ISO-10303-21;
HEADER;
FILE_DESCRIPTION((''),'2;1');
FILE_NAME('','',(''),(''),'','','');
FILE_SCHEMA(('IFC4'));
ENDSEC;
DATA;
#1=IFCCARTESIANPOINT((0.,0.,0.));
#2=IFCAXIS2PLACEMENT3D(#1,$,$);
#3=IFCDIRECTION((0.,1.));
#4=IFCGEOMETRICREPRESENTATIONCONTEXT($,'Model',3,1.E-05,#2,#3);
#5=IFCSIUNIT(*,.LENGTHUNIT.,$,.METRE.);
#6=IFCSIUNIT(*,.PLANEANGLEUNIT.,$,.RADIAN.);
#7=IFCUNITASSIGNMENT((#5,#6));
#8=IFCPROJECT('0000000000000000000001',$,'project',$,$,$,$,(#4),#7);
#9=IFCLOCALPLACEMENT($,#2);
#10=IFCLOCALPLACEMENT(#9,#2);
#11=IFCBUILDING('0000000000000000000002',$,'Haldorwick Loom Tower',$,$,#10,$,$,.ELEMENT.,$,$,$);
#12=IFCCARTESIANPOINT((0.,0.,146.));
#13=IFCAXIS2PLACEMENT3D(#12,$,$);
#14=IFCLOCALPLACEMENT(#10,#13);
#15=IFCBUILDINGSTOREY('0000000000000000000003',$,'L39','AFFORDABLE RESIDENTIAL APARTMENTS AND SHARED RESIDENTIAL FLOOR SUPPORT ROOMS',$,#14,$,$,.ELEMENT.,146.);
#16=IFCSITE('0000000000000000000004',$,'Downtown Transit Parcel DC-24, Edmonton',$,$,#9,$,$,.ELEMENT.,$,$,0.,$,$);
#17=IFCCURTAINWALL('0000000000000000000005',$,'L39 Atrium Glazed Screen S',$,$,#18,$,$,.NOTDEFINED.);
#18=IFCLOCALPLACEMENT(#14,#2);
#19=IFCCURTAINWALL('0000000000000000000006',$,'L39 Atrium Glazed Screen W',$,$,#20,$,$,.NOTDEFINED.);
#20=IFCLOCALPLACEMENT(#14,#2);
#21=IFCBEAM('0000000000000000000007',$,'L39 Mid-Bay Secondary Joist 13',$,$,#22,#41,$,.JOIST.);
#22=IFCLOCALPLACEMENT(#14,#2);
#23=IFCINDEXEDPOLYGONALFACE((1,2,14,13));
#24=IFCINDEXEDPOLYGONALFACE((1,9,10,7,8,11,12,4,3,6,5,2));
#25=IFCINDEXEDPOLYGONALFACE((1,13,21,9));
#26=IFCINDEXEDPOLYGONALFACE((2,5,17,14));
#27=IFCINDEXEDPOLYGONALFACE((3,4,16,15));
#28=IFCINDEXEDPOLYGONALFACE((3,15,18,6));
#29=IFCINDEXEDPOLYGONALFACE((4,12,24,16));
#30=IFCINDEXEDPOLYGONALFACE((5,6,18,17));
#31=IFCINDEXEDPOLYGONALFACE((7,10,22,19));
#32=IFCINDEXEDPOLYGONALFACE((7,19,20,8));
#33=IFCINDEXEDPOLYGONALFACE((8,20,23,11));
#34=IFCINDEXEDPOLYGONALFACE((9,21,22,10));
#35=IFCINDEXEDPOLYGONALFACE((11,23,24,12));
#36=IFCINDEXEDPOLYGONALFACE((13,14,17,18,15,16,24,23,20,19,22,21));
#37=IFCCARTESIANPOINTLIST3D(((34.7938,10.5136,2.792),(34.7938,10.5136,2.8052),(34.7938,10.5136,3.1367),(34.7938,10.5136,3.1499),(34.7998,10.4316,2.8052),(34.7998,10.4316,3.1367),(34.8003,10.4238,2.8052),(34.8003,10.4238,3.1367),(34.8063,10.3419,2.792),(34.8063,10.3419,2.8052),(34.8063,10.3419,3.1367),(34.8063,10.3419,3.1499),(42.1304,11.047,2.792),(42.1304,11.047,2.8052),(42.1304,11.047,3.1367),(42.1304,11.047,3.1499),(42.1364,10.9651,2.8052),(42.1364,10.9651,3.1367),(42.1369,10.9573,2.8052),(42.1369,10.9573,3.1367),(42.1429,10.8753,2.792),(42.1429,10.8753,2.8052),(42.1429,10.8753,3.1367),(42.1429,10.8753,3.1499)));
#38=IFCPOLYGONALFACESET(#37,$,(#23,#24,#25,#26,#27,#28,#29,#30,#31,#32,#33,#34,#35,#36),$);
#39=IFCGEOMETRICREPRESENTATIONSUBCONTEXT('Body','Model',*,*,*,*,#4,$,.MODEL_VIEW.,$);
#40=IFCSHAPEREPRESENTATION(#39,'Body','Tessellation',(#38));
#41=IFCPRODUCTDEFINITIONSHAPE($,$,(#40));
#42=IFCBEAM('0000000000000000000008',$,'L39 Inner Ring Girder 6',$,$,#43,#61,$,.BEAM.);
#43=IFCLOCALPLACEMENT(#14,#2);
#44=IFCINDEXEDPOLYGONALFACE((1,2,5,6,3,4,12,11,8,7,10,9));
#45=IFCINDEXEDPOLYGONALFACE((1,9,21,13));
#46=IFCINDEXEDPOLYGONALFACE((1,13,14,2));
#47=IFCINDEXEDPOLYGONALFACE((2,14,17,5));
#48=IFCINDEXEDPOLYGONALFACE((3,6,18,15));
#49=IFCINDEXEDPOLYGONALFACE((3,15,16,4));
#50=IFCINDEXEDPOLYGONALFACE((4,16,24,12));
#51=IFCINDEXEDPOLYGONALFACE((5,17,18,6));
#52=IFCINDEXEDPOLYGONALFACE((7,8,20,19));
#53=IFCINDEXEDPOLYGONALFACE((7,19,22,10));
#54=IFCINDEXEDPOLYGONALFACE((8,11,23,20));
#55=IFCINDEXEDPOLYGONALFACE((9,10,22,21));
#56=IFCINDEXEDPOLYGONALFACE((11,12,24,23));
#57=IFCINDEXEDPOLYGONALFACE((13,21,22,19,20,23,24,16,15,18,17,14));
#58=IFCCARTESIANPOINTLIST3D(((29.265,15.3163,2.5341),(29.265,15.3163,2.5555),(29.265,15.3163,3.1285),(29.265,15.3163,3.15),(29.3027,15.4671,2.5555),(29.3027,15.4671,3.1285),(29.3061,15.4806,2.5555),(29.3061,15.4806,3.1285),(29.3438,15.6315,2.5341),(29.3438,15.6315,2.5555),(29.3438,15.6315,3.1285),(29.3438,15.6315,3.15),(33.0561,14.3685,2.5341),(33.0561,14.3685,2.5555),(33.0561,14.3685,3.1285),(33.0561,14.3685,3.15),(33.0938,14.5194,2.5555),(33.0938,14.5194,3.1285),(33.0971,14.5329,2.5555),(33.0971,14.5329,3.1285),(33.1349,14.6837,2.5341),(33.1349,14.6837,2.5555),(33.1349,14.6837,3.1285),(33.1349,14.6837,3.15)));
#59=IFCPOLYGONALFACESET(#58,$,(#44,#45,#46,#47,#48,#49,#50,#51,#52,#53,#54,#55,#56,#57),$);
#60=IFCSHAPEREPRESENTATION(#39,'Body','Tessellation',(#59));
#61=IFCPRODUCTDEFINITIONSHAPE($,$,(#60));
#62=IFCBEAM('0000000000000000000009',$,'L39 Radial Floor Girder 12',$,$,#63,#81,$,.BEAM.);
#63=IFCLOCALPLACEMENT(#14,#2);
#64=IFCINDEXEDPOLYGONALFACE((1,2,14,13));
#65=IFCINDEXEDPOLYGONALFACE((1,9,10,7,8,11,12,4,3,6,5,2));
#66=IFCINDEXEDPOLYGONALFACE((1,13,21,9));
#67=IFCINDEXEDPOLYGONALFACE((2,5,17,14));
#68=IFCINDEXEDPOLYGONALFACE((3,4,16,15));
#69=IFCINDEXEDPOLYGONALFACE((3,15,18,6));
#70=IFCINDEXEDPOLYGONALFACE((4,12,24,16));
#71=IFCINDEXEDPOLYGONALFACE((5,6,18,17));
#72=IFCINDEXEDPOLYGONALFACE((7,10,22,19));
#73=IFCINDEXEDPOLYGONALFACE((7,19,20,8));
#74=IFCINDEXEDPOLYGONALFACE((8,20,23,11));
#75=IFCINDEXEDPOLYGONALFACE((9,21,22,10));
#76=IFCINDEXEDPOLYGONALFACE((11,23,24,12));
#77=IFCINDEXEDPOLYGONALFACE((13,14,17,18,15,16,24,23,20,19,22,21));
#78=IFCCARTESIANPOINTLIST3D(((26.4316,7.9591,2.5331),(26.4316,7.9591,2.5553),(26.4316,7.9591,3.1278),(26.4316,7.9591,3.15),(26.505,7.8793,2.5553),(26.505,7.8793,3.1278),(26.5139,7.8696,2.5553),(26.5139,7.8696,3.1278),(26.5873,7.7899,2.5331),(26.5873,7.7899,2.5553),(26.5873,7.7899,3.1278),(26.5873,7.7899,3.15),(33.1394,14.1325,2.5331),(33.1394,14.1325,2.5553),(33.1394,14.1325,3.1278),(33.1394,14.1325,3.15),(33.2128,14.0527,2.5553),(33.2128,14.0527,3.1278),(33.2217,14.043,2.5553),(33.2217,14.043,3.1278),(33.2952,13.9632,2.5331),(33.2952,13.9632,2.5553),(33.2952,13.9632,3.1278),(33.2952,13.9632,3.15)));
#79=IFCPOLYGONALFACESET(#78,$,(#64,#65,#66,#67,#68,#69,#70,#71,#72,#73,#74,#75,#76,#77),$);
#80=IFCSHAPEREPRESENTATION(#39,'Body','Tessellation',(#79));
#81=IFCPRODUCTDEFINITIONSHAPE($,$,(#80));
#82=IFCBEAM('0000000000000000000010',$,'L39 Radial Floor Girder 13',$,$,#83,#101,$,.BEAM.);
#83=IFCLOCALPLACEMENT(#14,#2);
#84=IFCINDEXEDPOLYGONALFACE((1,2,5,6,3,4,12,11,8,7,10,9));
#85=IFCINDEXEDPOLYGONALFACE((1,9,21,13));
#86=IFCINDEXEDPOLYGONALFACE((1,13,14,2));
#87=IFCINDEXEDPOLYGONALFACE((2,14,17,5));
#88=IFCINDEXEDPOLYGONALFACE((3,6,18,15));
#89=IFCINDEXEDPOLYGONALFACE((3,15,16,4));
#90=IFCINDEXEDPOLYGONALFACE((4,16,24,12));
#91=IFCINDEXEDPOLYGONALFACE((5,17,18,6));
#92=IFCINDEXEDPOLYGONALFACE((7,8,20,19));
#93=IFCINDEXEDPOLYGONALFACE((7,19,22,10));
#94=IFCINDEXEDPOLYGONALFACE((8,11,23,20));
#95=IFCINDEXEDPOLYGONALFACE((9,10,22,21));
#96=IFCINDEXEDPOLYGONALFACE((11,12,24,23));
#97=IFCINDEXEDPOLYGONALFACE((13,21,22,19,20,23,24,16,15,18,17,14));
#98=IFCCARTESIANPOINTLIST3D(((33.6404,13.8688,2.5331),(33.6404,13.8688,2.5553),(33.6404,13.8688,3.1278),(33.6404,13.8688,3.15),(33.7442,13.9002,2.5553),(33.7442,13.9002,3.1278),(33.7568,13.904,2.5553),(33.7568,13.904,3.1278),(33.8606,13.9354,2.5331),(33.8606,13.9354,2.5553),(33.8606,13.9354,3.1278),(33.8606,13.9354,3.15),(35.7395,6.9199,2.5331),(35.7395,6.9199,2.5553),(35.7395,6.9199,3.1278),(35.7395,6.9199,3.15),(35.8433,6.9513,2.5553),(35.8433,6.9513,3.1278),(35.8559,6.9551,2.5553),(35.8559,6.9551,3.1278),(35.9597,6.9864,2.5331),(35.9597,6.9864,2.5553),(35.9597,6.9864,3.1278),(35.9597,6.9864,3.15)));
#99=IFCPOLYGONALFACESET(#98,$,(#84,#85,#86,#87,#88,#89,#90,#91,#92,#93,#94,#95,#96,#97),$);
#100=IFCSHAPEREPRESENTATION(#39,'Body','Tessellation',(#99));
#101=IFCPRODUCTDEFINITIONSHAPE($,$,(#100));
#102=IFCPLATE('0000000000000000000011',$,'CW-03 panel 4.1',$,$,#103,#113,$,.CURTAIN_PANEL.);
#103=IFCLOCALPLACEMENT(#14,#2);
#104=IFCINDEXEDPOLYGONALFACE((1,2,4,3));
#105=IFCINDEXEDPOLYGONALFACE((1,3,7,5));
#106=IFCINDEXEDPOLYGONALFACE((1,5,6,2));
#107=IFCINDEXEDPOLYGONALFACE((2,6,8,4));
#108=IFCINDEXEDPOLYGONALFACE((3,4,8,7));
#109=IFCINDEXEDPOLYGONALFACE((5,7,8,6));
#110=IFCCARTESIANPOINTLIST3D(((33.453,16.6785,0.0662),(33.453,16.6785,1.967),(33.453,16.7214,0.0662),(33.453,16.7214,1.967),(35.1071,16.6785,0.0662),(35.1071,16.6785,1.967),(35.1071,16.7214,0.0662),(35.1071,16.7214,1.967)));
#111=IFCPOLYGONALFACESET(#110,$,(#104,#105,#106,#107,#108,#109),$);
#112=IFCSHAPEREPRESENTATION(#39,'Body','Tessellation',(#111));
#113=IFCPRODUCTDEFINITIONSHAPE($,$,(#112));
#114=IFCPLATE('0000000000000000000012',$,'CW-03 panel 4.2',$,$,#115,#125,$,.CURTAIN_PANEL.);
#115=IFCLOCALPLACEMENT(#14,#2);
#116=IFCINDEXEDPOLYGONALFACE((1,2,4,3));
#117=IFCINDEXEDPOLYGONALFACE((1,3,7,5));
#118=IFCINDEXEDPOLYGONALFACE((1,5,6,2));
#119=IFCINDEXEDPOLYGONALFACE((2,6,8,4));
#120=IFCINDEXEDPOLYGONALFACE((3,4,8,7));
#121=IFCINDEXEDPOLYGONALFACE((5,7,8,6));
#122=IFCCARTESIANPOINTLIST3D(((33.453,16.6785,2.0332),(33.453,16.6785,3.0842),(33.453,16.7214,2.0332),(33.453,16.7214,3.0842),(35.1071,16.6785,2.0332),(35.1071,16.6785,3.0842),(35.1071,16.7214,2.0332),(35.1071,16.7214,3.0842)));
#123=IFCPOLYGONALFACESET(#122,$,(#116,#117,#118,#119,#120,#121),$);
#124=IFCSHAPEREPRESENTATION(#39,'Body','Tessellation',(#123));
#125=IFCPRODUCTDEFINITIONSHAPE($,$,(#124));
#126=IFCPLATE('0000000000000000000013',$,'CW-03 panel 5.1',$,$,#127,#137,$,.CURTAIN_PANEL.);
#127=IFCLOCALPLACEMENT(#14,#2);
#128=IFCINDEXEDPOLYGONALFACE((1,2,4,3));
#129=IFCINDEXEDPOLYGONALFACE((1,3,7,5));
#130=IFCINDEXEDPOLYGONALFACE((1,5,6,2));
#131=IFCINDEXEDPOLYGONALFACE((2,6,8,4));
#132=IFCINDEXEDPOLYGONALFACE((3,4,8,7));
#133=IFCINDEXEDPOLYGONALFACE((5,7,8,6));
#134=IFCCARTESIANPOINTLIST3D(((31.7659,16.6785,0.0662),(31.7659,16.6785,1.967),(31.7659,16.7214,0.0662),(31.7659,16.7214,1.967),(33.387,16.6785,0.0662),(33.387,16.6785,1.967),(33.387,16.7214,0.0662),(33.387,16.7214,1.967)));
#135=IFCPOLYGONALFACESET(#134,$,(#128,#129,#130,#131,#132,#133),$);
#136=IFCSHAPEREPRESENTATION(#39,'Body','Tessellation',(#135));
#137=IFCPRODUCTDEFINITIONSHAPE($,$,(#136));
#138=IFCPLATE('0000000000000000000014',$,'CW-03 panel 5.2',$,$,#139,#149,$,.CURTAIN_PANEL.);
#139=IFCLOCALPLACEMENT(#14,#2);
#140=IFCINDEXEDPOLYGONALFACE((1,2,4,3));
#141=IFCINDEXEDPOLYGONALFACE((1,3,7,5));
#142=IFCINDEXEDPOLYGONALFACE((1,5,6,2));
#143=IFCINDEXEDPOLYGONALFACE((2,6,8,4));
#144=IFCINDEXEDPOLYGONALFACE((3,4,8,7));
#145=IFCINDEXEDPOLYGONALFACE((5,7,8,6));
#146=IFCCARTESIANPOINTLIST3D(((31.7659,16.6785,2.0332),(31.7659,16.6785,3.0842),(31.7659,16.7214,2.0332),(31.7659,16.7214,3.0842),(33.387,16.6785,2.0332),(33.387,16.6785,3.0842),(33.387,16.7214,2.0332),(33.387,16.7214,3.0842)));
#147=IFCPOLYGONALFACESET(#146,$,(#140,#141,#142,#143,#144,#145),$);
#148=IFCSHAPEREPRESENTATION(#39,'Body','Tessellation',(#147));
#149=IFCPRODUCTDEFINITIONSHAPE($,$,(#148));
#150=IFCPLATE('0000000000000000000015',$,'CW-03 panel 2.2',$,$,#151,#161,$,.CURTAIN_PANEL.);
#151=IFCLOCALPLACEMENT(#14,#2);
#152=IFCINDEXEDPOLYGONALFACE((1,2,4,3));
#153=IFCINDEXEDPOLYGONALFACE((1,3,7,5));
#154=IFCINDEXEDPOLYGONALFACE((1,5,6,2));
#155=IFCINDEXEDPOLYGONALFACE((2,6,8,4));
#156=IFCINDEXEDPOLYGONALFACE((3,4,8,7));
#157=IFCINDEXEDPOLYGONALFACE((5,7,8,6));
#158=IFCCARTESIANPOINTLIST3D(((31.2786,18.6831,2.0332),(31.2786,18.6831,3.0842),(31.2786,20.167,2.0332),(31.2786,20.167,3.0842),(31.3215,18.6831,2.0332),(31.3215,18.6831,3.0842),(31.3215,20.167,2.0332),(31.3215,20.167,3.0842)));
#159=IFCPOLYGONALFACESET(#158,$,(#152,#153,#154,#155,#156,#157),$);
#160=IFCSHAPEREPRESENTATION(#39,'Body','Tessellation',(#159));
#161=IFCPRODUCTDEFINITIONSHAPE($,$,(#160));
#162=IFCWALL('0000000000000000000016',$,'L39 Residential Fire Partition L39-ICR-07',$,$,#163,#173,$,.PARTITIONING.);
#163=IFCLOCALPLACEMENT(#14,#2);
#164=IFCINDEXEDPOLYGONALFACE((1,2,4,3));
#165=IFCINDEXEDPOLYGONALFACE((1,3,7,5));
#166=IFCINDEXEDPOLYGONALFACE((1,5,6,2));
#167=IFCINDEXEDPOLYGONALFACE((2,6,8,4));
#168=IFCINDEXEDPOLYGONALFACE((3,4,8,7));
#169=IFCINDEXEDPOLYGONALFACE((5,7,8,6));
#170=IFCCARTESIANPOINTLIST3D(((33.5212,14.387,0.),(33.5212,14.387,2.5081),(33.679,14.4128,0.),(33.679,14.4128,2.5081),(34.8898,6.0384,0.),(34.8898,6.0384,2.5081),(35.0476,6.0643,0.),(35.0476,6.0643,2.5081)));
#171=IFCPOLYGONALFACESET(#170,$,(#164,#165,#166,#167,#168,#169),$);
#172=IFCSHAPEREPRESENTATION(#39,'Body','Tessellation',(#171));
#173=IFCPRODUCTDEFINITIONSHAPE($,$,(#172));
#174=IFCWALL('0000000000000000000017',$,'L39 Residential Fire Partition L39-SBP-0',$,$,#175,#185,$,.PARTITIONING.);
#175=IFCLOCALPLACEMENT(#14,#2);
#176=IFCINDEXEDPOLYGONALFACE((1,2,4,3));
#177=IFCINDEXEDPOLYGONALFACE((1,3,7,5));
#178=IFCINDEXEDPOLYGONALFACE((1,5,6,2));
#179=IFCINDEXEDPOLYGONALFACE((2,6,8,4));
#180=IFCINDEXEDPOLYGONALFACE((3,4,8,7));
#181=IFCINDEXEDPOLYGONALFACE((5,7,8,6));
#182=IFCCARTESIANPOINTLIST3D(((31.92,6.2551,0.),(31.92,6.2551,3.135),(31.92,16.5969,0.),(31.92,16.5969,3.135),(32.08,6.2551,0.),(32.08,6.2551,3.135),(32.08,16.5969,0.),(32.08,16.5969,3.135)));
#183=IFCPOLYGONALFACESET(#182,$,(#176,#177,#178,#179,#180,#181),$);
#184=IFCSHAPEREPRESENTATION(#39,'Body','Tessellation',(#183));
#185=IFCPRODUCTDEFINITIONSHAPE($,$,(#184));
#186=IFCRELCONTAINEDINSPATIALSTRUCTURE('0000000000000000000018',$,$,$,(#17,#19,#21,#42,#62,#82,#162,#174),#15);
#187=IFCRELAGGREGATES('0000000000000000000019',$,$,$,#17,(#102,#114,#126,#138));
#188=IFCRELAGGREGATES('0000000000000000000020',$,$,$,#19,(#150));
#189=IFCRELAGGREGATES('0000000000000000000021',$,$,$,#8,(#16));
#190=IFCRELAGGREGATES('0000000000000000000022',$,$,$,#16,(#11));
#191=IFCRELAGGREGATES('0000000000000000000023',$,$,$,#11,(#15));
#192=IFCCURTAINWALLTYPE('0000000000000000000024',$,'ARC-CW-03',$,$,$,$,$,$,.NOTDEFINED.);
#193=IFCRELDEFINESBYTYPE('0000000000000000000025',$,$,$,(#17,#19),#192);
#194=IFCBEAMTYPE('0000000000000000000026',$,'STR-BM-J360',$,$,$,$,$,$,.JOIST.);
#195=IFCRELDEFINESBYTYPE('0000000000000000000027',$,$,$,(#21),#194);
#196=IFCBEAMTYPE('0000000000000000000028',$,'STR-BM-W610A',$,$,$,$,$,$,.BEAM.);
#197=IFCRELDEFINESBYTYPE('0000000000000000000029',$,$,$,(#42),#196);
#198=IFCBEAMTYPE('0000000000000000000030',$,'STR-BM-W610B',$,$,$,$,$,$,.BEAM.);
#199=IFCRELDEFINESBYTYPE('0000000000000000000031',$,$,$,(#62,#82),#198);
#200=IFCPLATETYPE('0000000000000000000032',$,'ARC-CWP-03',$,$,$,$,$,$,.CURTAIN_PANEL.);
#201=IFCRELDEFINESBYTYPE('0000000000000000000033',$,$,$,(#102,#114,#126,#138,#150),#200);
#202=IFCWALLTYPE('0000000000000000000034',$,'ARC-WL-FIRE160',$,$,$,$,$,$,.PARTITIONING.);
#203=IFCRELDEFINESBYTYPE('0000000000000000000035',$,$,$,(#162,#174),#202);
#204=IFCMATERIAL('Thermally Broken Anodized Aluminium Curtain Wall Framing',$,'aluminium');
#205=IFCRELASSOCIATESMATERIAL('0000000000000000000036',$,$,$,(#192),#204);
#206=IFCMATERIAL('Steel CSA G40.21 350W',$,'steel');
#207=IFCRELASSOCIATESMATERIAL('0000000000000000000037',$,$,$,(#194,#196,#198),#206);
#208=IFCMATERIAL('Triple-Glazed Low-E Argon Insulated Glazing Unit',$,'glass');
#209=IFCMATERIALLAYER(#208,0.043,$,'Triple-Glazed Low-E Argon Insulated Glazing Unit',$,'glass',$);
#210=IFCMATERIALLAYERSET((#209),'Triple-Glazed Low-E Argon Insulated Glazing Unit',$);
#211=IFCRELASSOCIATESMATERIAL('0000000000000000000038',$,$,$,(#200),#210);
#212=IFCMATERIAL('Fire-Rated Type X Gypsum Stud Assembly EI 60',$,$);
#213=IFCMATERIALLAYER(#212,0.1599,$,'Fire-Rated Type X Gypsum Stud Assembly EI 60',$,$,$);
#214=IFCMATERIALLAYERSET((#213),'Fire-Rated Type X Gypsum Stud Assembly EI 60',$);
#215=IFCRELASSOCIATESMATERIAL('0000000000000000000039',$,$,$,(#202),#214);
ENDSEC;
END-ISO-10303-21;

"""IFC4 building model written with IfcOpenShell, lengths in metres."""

from ifc_helpers import new_model, si_unit, direction, frame, frame_2d, origin, origin_2d, place, context, subcontext, project, spatial, rectangle, i_section, extrude, material, layer, layer_set, material_profile, profile_set, type_object, element, aggregate, save


model = new_model("IFC4")

# Units and contexts
model_context = context("Model", 3, precision=1e-05, world=origin(), true_north=direction((0.0, 1.0)))
body_context = subcontext(model_context, "Body", "Model", "MODEL_VIEW")
ifc_project = project(units=[si_unit("LENGTHUNIT", "METRE"), si_unit("PLANEANGLEUNIT", "RADIAN")], contexts=[model_context])

# Site, building, storey
site_placement = place(None, origin())
site = spatial("IfcSite", under=ifc_project, at=site_placement, Name="Downtown Transit Parcel DC-24, Edmonton", CompositionType="ELEMENT", RefElevation=0.0)
building_placement = place(site_placement, origin())
building = spatial("IfcBuilding", under=site, at=building_placement, Name="Haldorwick Loom Tower", CompositionType="ELEMENT")
storey_placement = place(building_placement, frame((0.0, 0.0, 146.0)))
storey = spatial("IfcBuildingStorey", under=building, at=storey_placement, Name="L39", Description="AFFORDABLE RESIDENTIAL APARTMENTS AND SHARED RESIDENTIAL FLOOR SUPPORT ROOMS", CompositionType="ELEMENT", Elevation=146.0)

# Curtain wall
ifc_material_1 = material(Name="Thermally Broken Anodized Aluminium Curtain Wall Framing", Category="aluminium")
curtain_wall_type = type_object("IfcCurtainWallType", Name="ARC-CW-03", PredefinedType="NOTDEFINED", material=ifc_material_1)
curtain_wall_1_placement = place(storey_placement, origin())
curtain_wall_1 = element("IfcCurtainWall", 1, at=curtain_wall_1_placement, inside=storey, type_object=curtain_wall_type, Name="L39 Atrium Glazed Screen S", PredefinedType="NOTDEFINED")

# Curtain wall
curtain_wall_2_placement = place(storey_placement, origin())
curtain_wall_2 = element("IfcCurtainWall", 2, at=curtain_wall_2_placement, inside=storey, type_object=curtain_wall_type, Name="L39 Atrium Glazed Screen W", PredefinedType="NOTDEFINED")

# Beams
ifc_material_2 = material(Name="Steel CSA G40.21 350W", Category="steel")
ifc_material_profile_1 = material_profile(ifc_material_2, i_section(OverallWidth=0.1721, OverallDepth=0.3579, WebThickness=0.0078, FlangeThickness=0.0132, at=origin_2d()), Name="W360X57", Category="steel")
ifc_profile_set_1 = profile_set([ifc_material_profile_1], Name="Steel CSA G40.21 350W")
beam_type_1 = type_object("IfcBeamType", Name="STR-BM-J360", PredefinedType="JOIST", material=ifc_profile_set_1)
beam_1_placement = place(storey_placement, frame((34.8, 10.4277, 2.9709), z_axis=(0.997367, 0.072518, 0.0), x_axis=(-0.072518, 0.997367, 0.0)))
element("IfcBeam", 3, at=beam_1_placement, inside=storey, type_object=beam_type_1, Name="L39 Mid-Bay Secondary Joist 13", PredefinedType="JOIST", context=body_context, shape_type="SweptSolid", body=[
    extrude(i_section(OverallWidth=0.1721, OverallDepth=0.3579, WebThickness=0.0078, FlangeThickness=0.0132, at=origin_2d()), origin(), (0.0, 0.0, 1.0), 7.356),
])
ifc_material_profile_2 = material_profile(ifc_material_2, i_section(OverallWidth=0.325, OverallDepth=0.616, WebThickness=0.0139, FlangeThickness=0.0215, at=origin_2d()), Name="W610X174", Category="steel")
ifc_profile_set_2 = profile_set([ifc_material_profile_2], Name="Steel CSA G40.21 350W")
beam_type_2 = type_object("IfcBeamType", Name="STR-BM-W610A", PredefinedType="BEAM", material=ifc_profile_set_2)
beam_2_placement = place(storey_placement, frame((33.0955, 14.5261, 2.842), z_axis=(-0.970143, 0.242536, 0.0), x_axis=(-0.242536, -0.970143, 0.0)))
element("IfcBeam", 4, at=beam_2_placement, inside=storey, type_object=beam_type_2, Name="L39 Inner Ring Girder 6", PredefinedType="BEAM", context=body_context, shape_type="SweptSolid", body=[
    extrude(i_section(OverallWidth=0.325, OverallDepth=0.616, WebThickness=0.0139, FlangeThickness=0.0215, at=origin_2d()), origin(), (0.0, 0.0, 1.0), 3.9077),
])
ifc_material_profile_3 = material_profile(ifc_material_2, i_section(OverallWidth=0.23, OverallDepth=0.6169, WebThickness=0.0132, FlangeThickness=0.0222, at=origin_2d()), Name="W610X140", Category="steel")
ifc_profile_set_3 = profile_set([ifc_material_profile_3], Name="Steel CSA G40.21 350W")
beam_type_3 = type_object("IfcBeamType", Name="STR-BM-W610B", PredefinedType="BEAM", material=ifc_profile_set_3)
beam_3_placement = place(storey_placement, frame((33.2173, 14.0479, 2.8416), z_axis=(-0.735811, -0.677187, 0.0), x_axis=(0.677187, -0.735811, 0.0)))
element("IfcBeam", 5, at=beam_3_placement, inside=storey, type_object=beam_type_3, Name="L39 Radial Floor Girder 12", PredefinedType="BEAM", context=body_context, shape_type="SweptSolid", body=[
    extrude(i_section(OverallWidth=0.23, OverallDepth=0.6169, WebThickness=0.0132, FlangeThickness=0.0222, at=origin_2d()), origin(), (0.0, 0.0, 1.0), 9.1162),
])
beam_4_placement = place(storey_placement, frame((33.7505, 13.9021, 2.8416), z_axis=(0.289171, -0.957277, 0.0), x_axis=(0.957277, 0.289171, 0.0)))
element("IfcBeam", 6, at=beam_4_placement, inside=storey, type_object=beam_type_3, Name="L39 Radial Floor Girder 13", PredefinedType="BEAM", context=body_context, shape_type="SweptSolid", body=[
    extrude(i_section(OverallWidth=0.23, OverallDepth=0.6169, WebThickness=0.0132, FlangeThickness=0.0222, at=origin_2d()), origin(), (0.0, 0.0, 1.0), 7.259),
])

# Plates
ifc_material_3 = material(Name="Triple-Glazed Low-E Argon Insulated Glazing Unit", Category="glass")
ifc_layer_1 = layer(ifc_material_3, 0.043, Name="Triple-Glazed Low-E Argon Insulated Glazing Unit", Category="glass")
ifc_layer_set_1 = layer_set([ifc_layer_1], Name="Triple-Glazed Low-E Argon Insulated Glazing Unit")
plate_type = type_object("IfcPlateType", Name="ARC-CWP-03", PredefinedType="CURTAIN_PANEL", material=ifc_layer_set_1)
plate_1_placement = place(storey_placement, frame((34.28, 16.7, 0.0662), z_axis=(0.0, 0.0, 1.0), x_axis=(-1.0, 0.0, 0.0)))
plate_1 = element("IfcPlate", 7, at=plate_1_placement, type_object=plate_type, Name="CW-03 panel 4.1", PredefinedType="CURTAIN_PANEL", context=body_context, shape_type="SweptSolid", body=[
    extrude(rectangle(XDim=1.6541, YDim=0.043, at=origin_2d()), origin(), (0.0, 0.0, 1.0), 1.9009),
])
plate_2_placement = place(storey_placement, frame((34.28, 16.7, 2.0332), z_axis=(0.0, 0.0, 1.0), x_axis=(-1.0, 0.0, 0.0)))
plate_2 = element("IfcPlate", 8, at=plate_2_placement, type_object=plate_type, Name="CW-03 panel 4.2", PredefinedType="CURTAIN_PANEL", context=body_context, shape_type="SweptSolid", body=[
    extrude(rectangle(XDim=1.6541, YDim=0.043, at=origin_2d()), origin(), (0.0, 0.0, 1.0), 1.051),
])
plate_3_placement = place(storey_placement, frame((32.5764, 16.7, 0.0662), z_axis=(0.0, 0.0, 1.0), x_axis=(-1.0, 0.0, 0.0)))
plate_3 = element("IfcPlate", 9, at=plate_3_placement, type_object=plate_type, Name="CW-03 panel 5.1", PredefinedType="CURTAIN_PANEL", context=body_context, shape_type="SweptSolid", body=[
    extrude(rectangle(XDim=1.6211, YDim=0.043, at=origin_2d()), origin(), (0.0, 0.0, 1.0), 1.9009),
])
plate_4_placement = place(storey_placement, frame((32.5764, 16.7, 2.0332), z_axis=(0.0, 0.0, 1.0), x_axis=(-1.0, 0.0, 0.0)))
plate_4 = element("IfcPlate", 10, at=plate_4_placement, type_object=plate_type, Name="CW-03 panel 5.2", PredefinedType="CURTAIN_PANEL", context=body_context, shape_type="SweptSolid", body=[
    extrude(rectangle(XDim=1.6211, YDim=0.043, at=origin_2d()), origin(), (0.0, 0.0, 1.0), 1.051),
])
aggregate(curtain_wall_1, [plate_1, plate_2, plate_3, plate_4])
plate_5_placement = place(storey_placement, frame((31.3, 19.425, 2.0332), z_axis=(0.0, 0.0, 1.0), x_axis=(0.0, 1.0, 0.0)))
plate_5 = element("IfcPlate", 11, at=plate_5_placement, type_object=plate_type, Name="CW-03 panel 2.2", PredefinedType="CURTAIN_PANEL", context=body_context, shape_type="SweptSolid", body=[
    extrude(rectangle(XDim=1.4839, YDim=0.043, at=origin_2d()), origin(), (0.0, 0.0, 1.0), 1.051),
])
aggregate(curtain_wall_2, [plate_5])

# Walls
ifc_material_4 = material(Name="Fire-Rated Type X Gypsum Stud Assembly EI 60")
ifc_layer_2 = layer(ifc_material_4, 0.1599, Name="Fire-Rated Type X Gypsum Stud Assembly EI 60")
ifc_layer_set_2 = layer_set([ifc_layer_2], Name="Fire-Rated Type X Gypsum Stud Assembly EI 60")
wall_type = type_object("IfcWallType", Name="ARC-WL-FIRE160", PredefinedType="PARTITIONING", material=ifc_layer_set_2)
wall_1_placement = place(storey_placement, frame((33.6001, 14.3999, 0.0), z_axis=(0.0, 0.0, 1.0), x_axis=(0.161778, -0.986827, 0.0)))
element("IfcWall", 12, at=wall_1_placement, inside=storey, type_object=wall_type, Name="L39 Residential Fire Partition L39-ICR-07", PredefinedType="PARTITIONING", context=body_context, shape_type="SweptSolid", body=[
    extrude(rectangle(XDim=8.46, YDim=0.1599, at=frame_2d((4.23, 0.0))), origin(), (0.0, 0.0, 1.0), 2.5081),
])
wall_2_placement = place(storey_placement, frame((32.0, 6.2551, 0.0), z_axis=(0.0, 0.0, 1.0), x_axis=(0.0, 1.0, 0.0)))
element("IfcWall", 13, at=wall_2_placement, inside=storey, type_object=wall_type, Name="L39 Residential Fire Partition L39-SBP-0", PredefinedType="PARTITIONING", context=body_context, shape_type="SweptSolid", body=[
    extrude(rectangle(XDim=10.3418, YDim=0.1599, at=frame_2d((5.1709, 0.0))), origin(), (0.0, 0.0, 1.0), 3.135),
])

save(model, "model.ifc")
